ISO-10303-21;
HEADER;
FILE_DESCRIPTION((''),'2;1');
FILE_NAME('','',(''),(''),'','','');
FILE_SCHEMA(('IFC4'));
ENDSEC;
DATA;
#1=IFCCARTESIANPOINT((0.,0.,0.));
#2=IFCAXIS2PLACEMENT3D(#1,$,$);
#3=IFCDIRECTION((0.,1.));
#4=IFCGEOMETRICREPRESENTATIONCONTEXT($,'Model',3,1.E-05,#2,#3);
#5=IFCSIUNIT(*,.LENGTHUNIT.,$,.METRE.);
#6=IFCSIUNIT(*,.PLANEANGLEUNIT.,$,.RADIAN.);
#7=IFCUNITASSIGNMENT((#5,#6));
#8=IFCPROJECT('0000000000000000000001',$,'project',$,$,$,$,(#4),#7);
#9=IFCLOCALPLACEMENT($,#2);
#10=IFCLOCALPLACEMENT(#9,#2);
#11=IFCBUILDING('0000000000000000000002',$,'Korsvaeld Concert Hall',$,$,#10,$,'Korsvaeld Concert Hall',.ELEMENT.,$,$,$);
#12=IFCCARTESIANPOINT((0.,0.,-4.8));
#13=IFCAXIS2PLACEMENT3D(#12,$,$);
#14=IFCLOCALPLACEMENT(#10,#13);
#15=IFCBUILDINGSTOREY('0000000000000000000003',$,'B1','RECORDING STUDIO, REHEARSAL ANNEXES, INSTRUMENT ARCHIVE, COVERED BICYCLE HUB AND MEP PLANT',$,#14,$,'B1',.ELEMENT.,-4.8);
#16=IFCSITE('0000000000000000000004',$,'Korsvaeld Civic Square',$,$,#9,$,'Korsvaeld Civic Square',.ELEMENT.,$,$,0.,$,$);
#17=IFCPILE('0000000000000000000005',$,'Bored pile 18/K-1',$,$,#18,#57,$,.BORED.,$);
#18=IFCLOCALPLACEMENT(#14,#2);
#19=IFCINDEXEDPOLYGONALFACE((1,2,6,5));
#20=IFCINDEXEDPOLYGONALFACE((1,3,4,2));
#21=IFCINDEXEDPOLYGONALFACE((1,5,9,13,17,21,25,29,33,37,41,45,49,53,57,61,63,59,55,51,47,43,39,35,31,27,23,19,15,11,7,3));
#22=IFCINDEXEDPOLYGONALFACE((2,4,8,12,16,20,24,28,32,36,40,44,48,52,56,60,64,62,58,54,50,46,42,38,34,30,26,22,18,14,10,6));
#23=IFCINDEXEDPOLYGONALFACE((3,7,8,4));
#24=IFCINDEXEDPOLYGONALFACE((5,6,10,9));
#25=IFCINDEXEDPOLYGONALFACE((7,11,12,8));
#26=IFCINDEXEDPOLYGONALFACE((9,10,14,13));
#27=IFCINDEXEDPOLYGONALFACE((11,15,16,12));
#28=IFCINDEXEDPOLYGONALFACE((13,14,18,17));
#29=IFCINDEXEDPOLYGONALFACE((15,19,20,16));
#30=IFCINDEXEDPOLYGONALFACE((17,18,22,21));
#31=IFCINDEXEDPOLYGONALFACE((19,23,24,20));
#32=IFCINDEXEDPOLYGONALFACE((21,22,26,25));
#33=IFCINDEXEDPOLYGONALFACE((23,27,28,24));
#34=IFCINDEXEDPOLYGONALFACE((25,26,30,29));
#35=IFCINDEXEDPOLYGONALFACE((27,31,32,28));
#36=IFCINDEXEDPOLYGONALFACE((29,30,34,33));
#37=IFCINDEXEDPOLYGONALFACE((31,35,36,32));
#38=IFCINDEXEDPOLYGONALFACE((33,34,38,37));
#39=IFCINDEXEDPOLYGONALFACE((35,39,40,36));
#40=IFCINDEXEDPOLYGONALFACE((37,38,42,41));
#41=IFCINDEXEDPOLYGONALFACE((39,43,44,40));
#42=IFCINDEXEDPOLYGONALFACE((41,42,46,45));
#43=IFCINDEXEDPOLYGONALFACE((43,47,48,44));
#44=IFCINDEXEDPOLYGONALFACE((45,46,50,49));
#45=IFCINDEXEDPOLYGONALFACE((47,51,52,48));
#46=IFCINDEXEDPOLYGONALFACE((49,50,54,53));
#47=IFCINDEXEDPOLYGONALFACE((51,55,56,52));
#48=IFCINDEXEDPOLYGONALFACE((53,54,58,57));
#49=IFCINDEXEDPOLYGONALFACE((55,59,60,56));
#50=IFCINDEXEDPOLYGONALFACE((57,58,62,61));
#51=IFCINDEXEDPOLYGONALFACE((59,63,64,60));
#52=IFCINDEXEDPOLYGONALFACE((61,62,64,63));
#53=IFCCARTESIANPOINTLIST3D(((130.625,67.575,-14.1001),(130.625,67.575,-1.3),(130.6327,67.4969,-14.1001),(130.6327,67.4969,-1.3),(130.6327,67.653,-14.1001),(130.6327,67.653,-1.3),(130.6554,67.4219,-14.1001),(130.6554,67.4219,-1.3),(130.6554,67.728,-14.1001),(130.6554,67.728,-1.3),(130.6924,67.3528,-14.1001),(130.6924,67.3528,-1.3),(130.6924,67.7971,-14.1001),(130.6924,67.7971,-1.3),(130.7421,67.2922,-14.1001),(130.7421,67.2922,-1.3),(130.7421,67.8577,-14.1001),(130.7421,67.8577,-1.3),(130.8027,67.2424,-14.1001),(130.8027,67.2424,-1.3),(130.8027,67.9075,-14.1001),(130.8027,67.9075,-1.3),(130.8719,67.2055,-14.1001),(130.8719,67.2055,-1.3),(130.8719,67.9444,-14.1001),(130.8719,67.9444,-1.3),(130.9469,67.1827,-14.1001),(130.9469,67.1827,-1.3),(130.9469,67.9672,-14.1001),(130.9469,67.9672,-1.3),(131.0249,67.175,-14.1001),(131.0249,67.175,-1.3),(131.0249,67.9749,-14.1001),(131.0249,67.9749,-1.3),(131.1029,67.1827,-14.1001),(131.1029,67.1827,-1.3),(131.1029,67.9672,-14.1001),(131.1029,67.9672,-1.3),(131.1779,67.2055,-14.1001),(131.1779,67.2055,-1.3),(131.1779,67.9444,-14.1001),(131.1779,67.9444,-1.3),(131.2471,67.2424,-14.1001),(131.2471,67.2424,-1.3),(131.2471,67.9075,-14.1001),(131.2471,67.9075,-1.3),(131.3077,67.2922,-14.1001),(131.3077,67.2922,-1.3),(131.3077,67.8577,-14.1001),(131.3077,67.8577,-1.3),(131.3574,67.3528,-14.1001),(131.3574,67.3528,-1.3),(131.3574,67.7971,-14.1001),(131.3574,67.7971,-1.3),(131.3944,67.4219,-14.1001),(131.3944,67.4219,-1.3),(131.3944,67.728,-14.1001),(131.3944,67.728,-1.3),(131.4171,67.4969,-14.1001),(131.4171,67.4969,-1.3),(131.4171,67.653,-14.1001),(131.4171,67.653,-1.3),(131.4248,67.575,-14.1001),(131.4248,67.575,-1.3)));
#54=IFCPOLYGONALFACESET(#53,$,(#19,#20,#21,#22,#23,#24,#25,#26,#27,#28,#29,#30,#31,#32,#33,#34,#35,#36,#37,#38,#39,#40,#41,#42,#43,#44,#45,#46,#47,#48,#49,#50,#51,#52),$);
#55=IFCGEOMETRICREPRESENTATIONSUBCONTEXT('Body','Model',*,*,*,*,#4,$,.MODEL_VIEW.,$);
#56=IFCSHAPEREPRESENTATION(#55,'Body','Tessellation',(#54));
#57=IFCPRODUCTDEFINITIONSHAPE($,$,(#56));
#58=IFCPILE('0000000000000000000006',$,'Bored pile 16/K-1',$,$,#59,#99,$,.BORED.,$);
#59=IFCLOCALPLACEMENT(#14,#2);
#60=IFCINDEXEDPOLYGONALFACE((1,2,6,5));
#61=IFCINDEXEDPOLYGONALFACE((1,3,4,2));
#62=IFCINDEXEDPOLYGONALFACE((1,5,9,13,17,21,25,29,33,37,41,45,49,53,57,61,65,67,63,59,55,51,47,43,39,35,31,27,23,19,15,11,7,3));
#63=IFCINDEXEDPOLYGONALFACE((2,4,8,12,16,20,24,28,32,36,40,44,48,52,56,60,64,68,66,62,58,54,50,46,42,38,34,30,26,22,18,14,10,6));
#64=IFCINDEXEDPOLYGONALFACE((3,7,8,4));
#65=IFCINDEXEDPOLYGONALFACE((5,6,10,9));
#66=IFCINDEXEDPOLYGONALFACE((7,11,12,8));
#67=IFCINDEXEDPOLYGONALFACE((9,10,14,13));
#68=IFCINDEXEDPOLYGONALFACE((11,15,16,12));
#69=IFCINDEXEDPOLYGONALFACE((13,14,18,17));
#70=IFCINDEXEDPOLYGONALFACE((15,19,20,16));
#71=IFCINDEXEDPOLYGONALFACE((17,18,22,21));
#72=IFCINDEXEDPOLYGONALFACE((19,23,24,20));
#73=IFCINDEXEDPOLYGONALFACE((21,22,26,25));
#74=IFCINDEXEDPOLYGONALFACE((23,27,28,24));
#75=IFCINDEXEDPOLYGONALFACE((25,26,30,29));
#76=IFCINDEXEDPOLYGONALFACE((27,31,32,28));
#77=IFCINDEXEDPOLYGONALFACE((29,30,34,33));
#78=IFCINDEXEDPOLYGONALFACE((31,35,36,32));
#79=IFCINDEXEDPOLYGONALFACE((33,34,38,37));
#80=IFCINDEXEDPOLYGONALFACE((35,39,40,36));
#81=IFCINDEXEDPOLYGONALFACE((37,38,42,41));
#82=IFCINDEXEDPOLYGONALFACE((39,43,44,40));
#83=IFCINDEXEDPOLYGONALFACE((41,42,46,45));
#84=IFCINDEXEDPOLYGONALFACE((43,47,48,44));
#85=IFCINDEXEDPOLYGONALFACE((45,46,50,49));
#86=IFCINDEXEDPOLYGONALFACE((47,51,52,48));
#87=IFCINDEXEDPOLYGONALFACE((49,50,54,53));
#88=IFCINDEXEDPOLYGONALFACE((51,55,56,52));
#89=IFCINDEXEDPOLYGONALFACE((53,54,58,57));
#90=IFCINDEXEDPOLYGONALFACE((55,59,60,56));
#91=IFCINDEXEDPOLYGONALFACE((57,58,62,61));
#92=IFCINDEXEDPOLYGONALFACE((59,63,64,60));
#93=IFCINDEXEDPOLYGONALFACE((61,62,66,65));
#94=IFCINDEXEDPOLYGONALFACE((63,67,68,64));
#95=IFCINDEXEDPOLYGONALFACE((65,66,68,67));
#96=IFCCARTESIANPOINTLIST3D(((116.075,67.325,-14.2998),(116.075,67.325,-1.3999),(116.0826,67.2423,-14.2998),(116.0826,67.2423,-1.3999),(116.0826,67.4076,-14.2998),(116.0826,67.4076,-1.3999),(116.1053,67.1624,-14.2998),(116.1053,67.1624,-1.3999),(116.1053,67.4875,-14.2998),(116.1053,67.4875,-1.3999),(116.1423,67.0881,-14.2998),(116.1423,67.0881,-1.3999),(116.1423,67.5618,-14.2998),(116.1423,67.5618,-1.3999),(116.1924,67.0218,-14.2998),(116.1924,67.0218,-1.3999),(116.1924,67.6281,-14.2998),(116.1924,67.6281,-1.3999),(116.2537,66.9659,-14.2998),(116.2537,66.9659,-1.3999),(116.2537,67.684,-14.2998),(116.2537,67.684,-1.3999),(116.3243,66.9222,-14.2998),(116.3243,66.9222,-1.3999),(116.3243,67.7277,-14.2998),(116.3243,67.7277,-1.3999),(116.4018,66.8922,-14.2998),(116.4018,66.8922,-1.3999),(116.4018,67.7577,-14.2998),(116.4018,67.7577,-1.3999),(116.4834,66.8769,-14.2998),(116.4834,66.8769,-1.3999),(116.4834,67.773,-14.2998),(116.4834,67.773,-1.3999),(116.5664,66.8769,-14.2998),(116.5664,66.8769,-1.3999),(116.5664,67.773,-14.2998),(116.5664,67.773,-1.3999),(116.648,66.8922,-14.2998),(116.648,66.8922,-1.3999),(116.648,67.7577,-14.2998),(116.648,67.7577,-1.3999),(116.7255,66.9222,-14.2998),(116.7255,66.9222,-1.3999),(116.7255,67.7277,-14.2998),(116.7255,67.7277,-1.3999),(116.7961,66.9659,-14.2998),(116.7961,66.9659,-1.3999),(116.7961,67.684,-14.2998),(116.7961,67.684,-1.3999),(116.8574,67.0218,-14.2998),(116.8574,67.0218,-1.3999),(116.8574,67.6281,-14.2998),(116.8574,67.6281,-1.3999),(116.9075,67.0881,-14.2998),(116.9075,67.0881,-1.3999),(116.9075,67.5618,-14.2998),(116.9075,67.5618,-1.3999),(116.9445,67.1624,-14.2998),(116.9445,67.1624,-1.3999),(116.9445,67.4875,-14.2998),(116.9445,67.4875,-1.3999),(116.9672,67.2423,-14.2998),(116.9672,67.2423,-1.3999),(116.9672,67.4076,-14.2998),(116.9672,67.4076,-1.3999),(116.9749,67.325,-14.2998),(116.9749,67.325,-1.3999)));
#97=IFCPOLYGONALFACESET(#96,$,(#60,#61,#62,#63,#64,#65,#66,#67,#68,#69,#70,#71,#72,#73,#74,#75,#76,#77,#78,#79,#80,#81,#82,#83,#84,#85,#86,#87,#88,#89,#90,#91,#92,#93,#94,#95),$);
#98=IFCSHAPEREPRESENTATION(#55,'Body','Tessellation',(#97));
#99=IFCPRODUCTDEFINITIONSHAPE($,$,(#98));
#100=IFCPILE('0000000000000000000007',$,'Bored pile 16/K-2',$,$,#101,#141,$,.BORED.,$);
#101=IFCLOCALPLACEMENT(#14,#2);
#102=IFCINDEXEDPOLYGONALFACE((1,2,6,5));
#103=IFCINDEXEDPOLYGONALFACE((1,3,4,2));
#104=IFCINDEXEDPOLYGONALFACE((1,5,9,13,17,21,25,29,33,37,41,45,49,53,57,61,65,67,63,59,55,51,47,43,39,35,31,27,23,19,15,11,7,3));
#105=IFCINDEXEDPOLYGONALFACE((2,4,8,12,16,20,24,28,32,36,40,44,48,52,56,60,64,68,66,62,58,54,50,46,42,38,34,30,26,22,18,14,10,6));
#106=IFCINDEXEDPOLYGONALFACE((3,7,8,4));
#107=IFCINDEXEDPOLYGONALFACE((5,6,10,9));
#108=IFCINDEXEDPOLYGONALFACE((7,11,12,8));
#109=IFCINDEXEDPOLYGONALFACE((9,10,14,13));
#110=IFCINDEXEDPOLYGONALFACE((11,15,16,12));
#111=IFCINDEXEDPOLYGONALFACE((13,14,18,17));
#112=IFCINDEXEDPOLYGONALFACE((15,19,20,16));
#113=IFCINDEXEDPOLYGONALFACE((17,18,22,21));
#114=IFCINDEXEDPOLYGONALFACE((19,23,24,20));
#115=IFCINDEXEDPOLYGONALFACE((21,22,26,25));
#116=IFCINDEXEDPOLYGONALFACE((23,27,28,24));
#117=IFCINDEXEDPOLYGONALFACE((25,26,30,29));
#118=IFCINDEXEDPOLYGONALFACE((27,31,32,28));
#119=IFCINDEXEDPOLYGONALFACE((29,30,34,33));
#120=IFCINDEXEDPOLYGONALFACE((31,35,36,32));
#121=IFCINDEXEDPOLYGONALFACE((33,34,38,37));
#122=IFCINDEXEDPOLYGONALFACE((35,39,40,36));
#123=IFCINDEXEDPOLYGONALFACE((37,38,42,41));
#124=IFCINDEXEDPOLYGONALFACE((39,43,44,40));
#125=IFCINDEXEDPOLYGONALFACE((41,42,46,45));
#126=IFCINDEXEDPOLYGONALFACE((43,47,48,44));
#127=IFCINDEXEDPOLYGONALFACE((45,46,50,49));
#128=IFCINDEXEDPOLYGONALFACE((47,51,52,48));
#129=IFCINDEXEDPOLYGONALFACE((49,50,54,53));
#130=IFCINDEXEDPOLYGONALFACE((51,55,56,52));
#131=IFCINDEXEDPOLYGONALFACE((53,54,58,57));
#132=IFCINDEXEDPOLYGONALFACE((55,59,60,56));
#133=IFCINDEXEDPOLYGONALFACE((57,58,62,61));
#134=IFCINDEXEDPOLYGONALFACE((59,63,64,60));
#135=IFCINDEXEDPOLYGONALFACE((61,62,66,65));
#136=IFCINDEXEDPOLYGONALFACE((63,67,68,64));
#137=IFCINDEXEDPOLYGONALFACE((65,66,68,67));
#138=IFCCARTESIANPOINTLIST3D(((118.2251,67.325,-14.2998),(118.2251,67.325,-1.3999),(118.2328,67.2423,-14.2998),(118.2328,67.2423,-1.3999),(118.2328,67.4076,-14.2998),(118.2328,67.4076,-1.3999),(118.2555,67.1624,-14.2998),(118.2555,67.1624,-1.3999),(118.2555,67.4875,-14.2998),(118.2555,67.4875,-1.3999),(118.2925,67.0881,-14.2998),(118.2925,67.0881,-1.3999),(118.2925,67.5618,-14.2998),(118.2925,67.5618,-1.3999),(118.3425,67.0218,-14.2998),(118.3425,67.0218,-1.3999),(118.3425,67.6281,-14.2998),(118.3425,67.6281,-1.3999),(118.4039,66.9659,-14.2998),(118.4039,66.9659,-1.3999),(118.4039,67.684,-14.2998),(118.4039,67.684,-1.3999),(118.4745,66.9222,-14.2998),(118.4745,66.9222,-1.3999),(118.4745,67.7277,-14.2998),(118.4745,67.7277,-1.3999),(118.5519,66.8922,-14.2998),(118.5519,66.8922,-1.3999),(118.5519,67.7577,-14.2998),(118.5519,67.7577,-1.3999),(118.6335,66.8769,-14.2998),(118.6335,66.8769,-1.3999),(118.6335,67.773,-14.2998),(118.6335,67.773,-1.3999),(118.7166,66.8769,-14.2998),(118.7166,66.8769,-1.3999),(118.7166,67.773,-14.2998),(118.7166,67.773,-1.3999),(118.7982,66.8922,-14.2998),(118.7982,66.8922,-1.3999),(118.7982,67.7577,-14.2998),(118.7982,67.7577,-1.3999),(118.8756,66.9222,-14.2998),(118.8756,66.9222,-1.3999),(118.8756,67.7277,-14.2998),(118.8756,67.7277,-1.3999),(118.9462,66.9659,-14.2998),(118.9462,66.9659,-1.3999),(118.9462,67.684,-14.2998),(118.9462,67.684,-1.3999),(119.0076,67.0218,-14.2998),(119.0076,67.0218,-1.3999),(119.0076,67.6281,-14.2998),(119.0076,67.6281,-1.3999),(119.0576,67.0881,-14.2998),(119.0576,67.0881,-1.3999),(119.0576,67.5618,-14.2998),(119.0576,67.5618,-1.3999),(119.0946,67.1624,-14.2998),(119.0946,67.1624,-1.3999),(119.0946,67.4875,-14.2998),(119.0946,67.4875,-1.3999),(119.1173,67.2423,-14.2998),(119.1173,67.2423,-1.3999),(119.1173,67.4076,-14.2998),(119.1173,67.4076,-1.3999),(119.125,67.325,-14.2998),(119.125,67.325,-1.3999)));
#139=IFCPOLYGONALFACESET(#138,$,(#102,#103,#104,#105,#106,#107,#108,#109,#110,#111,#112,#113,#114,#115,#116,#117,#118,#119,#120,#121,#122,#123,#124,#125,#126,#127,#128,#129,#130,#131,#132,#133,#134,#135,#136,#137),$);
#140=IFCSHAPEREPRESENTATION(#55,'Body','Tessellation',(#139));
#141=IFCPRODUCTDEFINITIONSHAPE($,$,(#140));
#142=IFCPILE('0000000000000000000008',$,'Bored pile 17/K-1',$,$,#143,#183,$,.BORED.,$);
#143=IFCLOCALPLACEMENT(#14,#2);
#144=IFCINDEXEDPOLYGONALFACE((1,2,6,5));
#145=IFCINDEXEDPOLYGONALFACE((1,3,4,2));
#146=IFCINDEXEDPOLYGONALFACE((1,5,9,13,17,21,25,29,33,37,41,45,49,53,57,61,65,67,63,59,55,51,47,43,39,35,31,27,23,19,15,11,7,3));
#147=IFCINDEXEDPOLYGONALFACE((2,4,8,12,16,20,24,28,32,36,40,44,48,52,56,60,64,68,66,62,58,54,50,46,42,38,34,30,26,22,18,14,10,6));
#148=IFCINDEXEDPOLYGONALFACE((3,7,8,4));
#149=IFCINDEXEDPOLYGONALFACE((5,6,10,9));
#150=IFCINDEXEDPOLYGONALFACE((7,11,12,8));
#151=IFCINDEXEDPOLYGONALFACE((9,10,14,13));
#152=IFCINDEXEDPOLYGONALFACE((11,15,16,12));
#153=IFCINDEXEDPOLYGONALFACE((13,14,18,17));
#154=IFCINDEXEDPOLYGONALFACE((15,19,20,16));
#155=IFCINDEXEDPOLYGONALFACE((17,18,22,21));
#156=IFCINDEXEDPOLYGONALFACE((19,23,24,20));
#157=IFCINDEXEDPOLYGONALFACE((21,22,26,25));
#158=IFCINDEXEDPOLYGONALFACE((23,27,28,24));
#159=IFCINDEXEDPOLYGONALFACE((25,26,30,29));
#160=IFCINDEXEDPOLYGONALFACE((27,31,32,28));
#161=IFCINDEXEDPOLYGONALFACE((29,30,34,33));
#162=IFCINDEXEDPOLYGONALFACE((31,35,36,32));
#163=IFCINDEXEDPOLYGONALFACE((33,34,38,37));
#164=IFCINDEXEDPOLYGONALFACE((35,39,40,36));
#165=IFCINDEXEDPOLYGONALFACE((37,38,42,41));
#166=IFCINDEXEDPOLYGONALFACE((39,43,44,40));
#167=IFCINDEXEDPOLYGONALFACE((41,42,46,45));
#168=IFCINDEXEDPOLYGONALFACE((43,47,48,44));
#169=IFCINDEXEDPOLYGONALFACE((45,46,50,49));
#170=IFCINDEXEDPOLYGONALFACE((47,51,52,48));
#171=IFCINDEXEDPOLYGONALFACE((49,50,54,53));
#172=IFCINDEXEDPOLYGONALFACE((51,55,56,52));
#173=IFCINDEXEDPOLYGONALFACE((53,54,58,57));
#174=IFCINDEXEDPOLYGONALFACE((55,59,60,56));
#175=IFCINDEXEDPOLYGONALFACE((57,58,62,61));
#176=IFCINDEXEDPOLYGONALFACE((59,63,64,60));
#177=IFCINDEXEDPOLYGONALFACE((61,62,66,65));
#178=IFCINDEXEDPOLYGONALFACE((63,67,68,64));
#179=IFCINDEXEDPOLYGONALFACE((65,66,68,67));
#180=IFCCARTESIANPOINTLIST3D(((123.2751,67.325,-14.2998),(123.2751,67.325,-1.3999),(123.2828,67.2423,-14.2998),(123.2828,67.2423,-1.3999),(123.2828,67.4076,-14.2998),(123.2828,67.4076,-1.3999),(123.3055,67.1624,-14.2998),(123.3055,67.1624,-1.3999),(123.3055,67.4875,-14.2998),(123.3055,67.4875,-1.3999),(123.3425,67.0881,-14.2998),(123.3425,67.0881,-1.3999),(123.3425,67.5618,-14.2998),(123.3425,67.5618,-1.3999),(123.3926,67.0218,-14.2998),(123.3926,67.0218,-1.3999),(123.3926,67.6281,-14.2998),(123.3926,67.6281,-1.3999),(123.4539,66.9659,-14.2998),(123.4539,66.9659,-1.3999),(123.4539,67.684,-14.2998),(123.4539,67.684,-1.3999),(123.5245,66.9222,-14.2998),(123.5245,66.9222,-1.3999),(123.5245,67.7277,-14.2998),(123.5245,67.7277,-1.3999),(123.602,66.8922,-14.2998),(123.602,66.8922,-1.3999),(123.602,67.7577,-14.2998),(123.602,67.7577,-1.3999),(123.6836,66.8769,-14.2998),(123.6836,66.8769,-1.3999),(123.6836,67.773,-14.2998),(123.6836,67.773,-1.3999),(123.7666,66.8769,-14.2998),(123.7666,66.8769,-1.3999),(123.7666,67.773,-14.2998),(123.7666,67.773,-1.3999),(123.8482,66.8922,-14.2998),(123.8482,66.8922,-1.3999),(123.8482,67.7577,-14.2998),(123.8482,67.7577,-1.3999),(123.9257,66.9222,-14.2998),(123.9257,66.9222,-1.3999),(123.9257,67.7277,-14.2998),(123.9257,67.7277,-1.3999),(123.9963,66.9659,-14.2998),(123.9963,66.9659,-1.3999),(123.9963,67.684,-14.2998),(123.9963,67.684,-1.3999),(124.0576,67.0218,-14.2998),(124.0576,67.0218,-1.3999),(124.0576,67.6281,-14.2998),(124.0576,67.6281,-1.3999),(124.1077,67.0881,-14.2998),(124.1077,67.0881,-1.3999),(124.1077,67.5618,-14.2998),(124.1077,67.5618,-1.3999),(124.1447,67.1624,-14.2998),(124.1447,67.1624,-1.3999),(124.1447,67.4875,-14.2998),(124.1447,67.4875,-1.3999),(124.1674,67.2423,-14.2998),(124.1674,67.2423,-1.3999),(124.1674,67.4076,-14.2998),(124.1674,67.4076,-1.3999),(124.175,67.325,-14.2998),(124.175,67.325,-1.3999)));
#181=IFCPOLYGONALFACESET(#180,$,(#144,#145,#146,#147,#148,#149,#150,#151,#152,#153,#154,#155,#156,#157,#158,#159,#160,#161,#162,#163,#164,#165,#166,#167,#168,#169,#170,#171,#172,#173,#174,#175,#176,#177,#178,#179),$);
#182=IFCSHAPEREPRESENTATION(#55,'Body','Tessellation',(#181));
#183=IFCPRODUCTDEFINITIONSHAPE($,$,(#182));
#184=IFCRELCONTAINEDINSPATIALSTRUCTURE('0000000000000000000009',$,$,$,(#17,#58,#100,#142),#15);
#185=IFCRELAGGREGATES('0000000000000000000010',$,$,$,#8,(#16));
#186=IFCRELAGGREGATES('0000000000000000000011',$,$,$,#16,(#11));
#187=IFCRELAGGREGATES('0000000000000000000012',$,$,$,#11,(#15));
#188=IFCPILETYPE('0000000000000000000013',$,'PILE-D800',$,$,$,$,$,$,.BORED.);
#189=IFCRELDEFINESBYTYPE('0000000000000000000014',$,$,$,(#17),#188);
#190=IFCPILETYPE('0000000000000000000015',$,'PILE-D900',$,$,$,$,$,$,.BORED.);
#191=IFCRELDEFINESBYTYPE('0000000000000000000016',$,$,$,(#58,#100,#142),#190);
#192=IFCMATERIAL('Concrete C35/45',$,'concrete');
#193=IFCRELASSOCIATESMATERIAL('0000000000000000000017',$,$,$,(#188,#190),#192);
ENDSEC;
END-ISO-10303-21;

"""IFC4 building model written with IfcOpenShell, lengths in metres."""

from ifc_helpers import new_model, si_unit, direction, frame, origin, origin_2d, place, context, subcontext, project, spatial, circle, extrude, material, material_profile, profile_set, type_object, element, save


model = new_model("IFC4")

# Units and contexts
model_context = context("Model", 3, precision=1e-05, world=origin(), true_north=direction((0.0, 1.0)))
body_context = subcontext(model_context, "Body", "Model", "MODEL_VIEW")
ifc_project = project(units=[si_unit("LENGTHUNIT", "METRE"), si_unit("PLANEANGLEUNIT", "RADIAN")], contexts=[model_context])

# Site, building, storey
site_placement = place(None, origin())
site = spatial("IfcSite", under=ifc_project, at=site_placement, Name="Korsvaeld Civic Square", LongName="Korsvaeld Civic Square", CompositionType="ELEMENT", RefElevation=0.0)
building_placement = place(site_placement, origin())
building = spatial("IfcBuilding", under=site, at=building_placement, Name="Korsvaeld Concert Hall", LongName="Korsvaeld Concert Hall", CompositionType="ELEMENT")
storey_placement = place(building_placement, frame((0.0, 0.0, -4.8)))
storey = spatial("IfcBuildingStorey", under=building, at=storey_placement, Name="B1", Description="RECORDING STUDIO, REHEARSAL ANNEXES, INSTRUMENT ARCHIVE, COVERED BICYCLE HUB AND MEP PLANT", LongName="B1", CompositionType="ELEMENT", Elevation=-4.8)

# Shared definitions
ifc_material_1 = material(Name="Concrete C35/45", Category="concrete")

# Piles
ifc_material_profile_1 = material_profile(ifc_material_1, circle(Radius=0.3999, at=origin_2d()), Name="BORED PILE D800")
ifc_profile_set_1 = profile_set([ifc_material_profile_1], Name="Concrete C35/45")
pile_type_1 = type_object("IfcPileType", Name="PILE-D800", PredefinedType="BORED", material=ifc_profile_set_1)
pile_placement = place(storey_placement, frame((131.0249, 67.575, -1.3), z_axis=(0.0, 0.0, -1.0), x_axis=(1.0, 0.0, 0.0)))
element("IfcPile", 1, at=pile_placement, inside=storey, type_object=pile_type_1, Name="Bored pile 18/K-1", PredefinedType="BORED", context=body_context, shape_type="SweptSolid", body=[
    extrude(circle(Radius=0.3999, at=origin_2d()), origin(), (0.0, 0.0, 1.0), 12.8),
])
ifc_material_profile_2 = material_profile(ifc_material_1, circle(Radius=0.45, at=origin_2d()), Name="BORED PILE D900")
ifc_profile_set_2 = profile_set([ifc_material_profile_2], Name="Concrete C35/45")
pile_type_2 = type_object("IfcPileType", Name="PILE-D900", PredefinedType="BORED", material=ifc_profile_set_2)
for number, where, z_axis, x_axis, name in (
    (2, (116.5249, 67.325, -1.3999), (0.0, 0.0, -1.0), (1.0, 0.0, 0.0), "Bored pile 16/K-1"),
    (3, (118.675, 67.325, -1.3999), (0.0, 0.0, -1.0), (1.0, 0.0, 0.0), "Bored pile 16/K-2"),
    (4, (123.7251, 67.325, -1.3999), (0.0, 0.0, -1.0), (1.0, 0.0, 0.0), "Bored pile 17/K-1"),
):
    element("IfcPile", number, at=place(storey_placement, frame(where, z_axis=z_axis, x_axis=x_axis)), inside=storey, type_object=pile_type_2, Name=name, PredefinedType="BORED", context=body_context, shape_type="SweptSolid", body=[
        extrude(circle(Radius=0.45, at=origin_2d()), origin(), (0.0, 0.0, 1.0), 12.8999),
    ])

save(model, "model.ifc")
